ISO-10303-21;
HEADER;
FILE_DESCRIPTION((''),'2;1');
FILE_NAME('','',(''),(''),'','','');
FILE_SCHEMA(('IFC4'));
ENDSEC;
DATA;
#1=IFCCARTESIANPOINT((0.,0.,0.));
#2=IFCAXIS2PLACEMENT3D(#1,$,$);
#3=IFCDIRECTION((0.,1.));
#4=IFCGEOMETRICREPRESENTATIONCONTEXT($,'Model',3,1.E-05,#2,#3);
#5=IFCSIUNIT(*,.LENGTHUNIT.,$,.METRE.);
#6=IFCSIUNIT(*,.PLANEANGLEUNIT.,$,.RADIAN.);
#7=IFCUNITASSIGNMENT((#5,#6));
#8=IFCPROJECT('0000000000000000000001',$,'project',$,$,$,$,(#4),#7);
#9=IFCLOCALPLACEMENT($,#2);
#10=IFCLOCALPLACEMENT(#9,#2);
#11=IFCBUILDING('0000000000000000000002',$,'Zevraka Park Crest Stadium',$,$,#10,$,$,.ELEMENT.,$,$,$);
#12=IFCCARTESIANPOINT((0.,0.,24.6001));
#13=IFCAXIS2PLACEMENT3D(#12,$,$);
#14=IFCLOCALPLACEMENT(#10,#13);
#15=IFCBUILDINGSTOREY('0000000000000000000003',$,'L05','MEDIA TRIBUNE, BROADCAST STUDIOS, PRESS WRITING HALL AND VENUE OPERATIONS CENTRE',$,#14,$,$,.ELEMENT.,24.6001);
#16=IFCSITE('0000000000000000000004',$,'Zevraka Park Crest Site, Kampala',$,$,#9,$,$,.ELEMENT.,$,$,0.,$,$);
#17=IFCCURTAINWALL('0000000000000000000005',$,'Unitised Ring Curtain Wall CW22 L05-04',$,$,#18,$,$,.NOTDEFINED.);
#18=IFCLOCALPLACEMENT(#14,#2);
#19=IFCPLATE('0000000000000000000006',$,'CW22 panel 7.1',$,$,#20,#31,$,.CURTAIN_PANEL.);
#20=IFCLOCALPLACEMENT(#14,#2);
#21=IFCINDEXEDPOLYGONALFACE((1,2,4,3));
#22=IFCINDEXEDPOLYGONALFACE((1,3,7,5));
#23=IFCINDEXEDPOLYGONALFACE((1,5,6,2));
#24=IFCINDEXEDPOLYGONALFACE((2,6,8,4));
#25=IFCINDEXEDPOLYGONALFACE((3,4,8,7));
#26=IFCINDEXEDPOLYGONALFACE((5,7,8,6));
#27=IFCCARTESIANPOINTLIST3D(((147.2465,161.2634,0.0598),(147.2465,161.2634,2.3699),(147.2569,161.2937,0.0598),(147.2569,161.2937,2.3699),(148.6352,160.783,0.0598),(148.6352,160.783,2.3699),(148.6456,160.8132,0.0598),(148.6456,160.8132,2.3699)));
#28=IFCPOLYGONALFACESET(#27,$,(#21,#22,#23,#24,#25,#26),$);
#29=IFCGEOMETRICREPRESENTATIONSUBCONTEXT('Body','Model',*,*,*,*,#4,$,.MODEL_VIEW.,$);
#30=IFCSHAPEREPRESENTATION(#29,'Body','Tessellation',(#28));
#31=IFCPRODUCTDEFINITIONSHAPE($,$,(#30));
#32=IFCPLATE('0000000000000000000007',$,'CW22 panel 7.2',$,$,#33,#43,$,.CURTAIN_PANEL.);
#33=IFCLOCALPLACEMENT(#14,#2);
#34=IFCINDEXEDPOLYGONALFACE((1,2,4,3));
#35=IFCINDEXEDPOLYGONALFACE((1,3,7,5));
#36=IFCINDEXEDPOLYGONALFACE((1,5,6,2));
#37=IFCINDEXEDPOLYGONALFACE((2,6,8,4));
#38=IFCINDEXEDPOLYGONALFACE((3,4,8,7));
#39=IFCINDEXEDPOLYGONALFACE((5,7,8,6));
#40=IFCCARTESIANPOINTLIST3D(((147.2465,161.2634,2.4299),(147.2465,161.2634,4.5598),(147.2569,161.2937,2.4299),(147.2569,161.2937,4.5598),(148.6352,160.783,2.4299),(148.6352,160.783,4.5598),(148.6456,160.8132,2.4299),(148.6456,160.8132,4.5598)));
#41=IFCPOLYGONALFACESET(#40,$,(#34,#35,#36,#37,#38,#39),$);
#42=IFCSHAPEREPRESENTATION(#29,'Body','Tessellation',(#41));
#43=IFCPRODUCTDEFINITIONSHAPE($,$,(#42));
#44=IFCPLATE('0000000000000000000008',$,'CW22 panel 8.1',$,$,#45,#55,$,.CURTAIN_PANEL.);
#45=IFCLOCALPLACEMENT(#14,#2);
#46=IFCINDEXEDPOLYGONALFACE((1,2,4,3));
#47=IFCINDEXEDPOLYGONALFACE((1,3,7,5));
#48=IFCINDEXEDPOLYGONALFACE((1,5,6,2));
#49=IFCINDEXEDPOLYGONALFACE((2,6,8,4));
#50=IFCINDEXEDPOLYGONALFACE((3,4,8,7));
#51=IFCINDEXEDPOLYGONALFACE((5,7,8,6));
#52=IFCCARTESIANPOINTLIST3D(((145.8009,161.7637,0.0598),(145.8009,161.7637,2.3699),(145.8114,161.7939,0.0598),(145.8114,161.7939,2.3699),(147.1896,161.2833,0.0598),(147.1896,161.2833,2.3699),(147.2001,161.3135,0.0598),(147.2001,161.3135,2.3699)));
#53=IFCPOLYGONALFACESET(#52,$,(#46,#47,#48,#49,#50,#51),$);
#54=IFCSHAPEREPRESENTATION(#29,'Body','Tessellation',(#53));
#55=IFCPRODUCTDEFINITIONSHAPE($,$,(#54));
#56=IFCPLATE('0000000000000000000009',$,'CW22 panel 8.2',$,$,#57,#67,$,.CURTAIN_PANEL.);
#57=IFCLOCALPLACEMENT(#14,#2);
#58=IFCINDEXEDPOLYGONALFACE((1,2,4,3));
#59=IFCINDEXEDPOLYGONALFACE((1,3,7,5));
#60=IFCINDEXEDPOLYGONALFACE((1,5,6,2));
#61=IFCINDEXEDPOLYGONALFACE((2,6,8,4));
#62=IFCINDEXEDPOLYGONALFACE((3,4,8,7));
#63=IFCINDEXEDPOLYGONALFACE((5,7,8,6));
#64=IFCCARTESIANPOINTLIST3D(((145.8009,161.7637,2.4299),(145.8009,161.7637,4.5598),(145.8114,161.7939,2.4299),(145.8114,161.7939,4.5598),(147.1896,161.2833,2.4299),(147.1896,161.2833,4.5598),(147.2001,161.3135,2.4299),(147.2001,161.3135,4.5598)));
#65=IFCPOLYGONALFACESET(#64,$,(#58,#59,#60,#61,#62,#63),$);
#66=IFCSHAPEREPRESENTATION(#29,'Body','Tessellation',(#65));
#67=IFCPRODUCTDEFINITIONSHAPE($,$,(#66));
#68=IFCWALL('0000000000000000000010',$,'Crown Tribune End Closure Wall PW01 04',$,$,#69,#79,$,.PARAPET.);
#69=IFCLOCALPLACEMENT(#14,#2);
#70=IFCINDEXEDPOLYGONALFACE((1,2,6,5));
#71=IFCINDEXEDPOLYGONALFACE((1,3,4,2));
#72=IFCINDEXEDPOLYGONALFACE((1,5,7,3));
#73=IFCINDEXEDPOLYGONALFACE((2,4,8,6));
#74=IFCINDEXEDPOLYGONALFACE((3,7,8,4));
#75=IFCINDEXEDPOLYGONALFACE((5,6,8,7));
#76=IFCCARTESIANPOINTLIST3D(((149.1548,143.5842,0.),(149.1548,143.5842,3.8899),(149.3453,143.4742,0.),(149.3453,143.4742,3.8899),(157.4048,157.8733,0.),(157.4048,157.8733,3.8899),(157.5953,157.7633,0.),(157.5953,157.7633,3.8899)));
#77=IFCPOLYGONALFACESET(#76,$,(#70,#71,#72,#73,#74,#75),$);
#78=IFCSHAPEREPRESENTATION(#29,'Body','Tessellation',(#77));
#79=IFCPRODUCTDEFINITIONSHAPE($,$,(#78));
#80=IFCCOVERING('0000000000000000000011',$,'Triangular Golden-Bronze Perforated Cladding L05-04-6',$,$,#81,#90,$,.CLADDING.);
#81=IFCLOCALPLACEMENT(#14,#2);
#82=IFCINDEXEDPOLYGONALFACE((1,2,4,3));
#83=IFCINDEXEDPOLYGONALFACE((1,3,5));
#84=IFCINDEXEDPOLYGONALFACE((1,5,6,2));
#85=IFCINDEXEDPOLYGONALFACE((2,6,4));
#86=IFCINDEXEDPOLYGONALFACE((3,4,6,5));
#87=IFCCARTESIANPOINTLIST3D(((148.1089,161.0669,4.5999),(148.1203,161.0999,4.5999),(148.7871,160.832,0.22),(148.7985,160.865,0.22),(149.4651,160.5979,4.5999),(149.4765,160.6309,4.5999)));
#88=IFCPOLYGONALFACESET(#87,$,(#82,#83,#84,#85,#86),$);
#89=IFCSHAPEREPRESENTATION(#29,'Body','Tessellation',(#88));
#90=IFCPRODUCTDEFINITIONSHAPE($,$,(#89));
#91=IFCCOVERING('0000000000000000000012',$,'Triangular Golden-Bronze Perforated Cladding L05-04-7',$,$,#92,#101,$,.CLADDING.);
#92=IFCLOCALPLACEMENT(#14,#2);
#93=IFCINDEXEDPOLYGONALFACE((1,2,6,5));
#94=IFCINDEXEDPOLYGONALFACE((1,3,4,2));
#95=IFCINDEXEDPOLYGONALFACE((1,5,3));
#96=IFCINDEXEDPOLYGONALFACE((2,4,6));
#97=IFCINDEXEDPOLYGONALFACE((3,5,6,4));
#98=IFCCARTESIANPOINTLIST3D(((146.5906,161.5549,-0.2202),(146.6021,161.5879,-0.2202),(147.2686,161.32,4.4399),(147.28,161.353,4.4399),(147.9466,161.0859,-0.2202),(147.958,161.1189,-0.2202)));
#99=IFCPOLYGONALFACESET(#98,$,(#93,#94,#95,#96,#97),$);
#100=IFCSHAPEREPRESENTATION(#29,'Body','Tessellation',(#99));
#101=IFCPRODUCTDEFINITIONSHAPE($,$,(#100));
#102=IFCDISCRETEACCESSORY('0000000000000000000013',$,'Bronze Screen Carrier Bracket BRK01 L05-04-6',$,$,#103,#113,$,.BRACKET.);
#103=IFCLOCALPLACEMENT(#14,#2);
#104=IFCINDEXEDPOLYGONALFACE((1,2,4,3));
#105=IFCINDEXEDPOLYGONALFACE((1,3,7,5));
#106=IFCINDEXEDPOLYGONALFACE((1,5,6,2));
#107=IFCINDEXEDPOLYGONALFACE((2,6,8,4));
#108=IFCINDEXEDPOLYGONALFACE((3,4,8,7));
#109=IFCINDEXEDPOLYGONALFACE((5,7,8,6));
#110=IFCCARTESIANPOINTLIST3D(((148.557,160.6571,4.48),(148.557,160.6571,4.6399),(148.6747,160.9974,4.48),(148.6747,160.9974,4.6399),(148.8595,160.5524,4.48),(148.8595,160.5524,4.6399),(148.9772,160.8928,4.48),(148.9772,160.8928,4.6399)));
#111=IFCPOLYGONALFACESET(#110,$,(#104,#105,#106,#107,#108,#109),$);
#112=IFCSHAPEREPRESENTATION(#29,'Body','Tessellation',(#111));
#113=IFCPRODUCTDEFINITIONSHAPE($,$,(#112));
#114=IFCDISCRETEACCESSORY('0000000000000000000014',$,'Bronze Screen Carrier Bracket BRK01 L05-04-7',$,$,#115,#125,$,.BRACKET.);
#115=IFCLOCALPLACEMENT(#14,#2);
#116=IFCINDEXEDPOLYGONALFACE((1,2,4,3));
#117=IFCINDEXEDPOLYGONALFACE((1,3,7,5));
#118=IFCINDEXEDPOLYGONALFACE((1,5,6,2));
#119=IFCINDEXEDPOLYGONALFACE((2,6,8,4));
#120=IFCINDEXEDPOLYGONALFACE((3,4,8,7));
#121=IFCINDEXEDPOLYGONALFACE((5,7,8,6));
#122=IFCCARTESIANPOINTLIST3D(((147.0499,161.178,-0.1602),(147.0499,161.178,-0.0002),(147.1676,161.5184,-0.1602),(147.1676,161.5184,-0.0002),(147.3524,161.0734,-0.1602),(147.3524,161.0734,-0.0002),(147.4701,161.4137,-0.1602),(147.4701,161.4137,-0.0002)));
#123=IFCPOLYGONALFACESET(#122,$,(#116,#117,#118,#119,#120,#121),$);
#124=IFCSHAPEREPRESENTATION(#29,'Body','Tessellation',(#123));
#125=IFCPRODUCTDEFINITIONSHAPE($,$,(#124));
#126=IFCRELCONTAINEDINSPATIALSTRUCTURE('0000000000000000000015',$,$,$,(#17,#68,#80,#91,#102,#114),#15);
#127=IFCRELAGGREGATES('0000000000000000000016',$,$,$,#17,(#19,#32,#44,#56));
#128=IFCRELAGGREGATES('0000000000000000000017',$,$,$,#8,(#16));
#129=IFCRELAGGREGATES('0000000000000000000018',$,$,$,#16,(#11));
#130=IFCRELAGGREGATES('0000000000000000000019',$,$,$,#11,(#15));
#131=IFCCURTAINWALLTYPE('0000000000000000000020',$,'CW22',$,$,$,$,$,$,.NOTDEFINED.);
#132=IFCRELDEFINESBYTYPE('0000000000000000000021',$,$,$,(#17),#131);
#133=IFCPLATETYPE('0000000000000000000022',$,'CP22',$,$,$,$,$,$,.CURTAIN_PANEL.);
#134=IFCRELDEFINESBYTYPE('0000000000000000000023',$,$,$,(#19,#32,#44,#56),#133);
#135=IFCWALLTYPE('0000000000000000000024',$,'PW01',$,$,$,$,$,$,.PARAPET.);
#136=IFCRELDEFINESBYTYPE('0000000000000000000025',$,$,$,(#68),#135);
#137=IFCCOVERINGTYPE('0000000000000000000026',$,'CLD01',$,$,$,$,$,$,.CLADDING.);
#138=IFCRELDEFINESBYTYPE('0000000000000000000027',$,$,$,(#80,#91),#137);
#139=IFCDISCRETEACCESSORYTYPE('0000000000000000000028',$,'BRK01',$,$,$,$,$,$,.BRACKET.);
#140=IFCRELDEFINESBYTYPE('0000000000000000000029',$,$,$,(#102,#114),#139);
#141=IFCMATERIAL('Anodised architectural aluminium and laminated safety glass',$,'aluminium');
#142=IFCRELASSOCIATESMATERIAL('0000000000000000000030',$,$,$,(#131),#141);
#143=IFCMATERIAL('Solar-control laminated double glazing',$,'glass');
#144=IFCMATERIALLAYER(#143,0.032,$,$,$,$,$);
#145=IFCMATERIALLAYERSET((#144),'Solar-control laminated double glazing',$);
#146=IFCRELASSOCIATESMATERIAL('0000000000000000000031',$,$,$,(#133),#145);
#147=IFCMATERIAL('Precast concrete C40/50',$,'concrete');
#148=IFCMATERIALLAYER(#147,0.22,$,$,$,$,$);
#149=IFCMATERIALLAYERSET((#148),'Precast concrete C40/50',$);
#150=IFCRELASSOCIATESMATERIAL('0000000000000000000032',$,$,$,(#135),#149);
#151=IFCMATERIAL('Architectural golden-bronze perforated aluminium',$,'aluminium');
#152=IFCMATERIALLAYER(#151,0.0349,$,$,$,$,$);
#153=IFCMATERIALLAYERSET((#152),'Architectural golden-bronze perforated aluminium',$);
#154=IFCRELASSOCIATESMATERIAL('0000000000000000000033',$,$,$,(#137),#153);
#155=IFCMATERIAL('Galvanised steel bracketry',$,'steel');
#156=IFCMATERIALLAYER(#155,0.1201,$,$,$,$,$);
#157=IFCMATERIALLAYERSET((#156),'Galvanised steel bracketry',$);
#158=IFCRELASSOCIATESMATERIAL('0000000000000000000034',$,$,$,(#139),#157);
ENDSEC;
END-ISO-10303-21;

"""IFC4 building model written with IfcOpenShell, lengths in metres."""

from ifc_helpers import new_model, si_unit, direction, frame, frame_2d, origin, origin_2d, place, context, subcontext, project, spatial, polyline, rectangle, outline, extrude, material, layer, layer_set, type_object, element, aggregate, save


model = new_model("IFC4")

# Units and contexts
model_context = context("Model", 3, precision=1e-05, world=origin(), true_north=direction((0.0, 1.0)))
body_context = subcontext(model_context, "Body", "Model", "MODEL_VIEW")
ifc_project = project(units=[si_unit("LENGTHUNIT", "METRE"), si_unit("PLANEANGLEUNIT", "RADIAN")], contexts=[model_context])

# Site, building, storey
site_placement = place(None, origin())
site = spatial("IfcSite", under=ifc_project, at=site_placement, Name="Zevraka Park Crest Site, Kampala", CompositionType="ELEMENT", RefElevation=0.0)
building_placement = place(site_placement, origin())
building = spatial("IfcBuilding", under=site, at=building_placement, Name="Zevraka Park Crest Stadium", CompositionType="ELEMENT")
storey_placement = place(building_placement, frame((0.0, 0.0, 24.6001)))
storey = spatial("IfcBuildingStorey", under=building, at=storey_placement, Name="L05", Description="MEDIA TRIBUNE, BROADCAST STUDIOS, PRESS WRITING HALL AND VENUE OPERATIONS CENTRE", CompositionType="ELEMENT", Elevation=24.6001)

# Curtain wall
ifc_material_1 = material(Name="Anodised architectural aluminium and laminated safety glass", Category="aluminium")
curtain_wall_type = type_object("IfcCurtainWallType", Name="CW22", PredefinedType="NOTDEFINED", material=ifc_material_1)
curtain_wall_placement = place(storey_placement, origin())
curtain_wall = element("IfcCurtainWall", 1, at=curtain_wall_placement, inside=storey, type_object=curtain_wall_type, Name="Unitised Ring Curtain Wall CW22 L05-04", PredefinedType="NOTDEFINED")

# Plates
ifc_material_2 = material(Name="Solar-control laminated double glazing", Category="glass")
ifc_layer_1 = layer(ifc_material_2, 0.032)
ifc_layer_set_1 = layer_set([ifc_layer_1], Name="Solar-control laminated double glazing")
plate_type = type_object("IfcPlateType", Name="CP22", PredefinedType="CURTAIN_PANEL", material=ifc_layer_set_1)
plate_1_placement = place(storey_placement, frame((147.946, 161.0383, 0.0598), z_axis=(0.0, 0.0, 1.0), x_axis=(-0.945049, 0.326929, 0.0)))
plate_1 = element("IfcPlate", 2, at=plate_1_placement, type_object=plate_type, Name="CW22 panel 7.1", PredefinedType="CURTAIN_PANEL", context=body_context, shape_type="SweptSolid", body=[
    extrude(rectangle(XDim=1.4695, YDim=0.032, at=origin_2d()), origin(), (0.0, 0.0, 1.0), 2.3101),
])
plate_2_placement = place(storey_placement, frame((147.946, 161.0383, 2.4299), z_axis=(0.0, 0.0, 1.0), x_axis=(-0.945049, 0.326929, 0.0)))
plate_2 = element("IfcPlate", 3, at=plate_2_placement, type_object=plate_type, Name="CW22 panel 7.2", PredefinedType="CURTAIN_PANEL", context=body_context, shape_type="SweptSolid", body=[
    extrude(rectangle(XDim=1.4695, YDim=0.032, at=origin_2d()), origin(), (0.0, 0.0, 1.0), 2.1299),
])
plate_3_placement = place(storey_placement, frame((146.5005, 161.5386, 0.0598), z_axis=(0.0, 0.0, 1.0), x_axis=(-0.945049, 0.326929, 0.0)))
plate_3 = element("IfcPlate", 4, at=plate_3_placement, type_object=plate_type, Name="CW22 panel 8.1", PredefinedType="CURTAIN_PANEL", context=body_context, shape_type="SweptSolid", body=[
    extrude(rectangle(XDim=1.4695, YDim=0.032, at=origin_2d()), origin(), (0.0, 0.0, 1.0), 2.3101),
])
plate_4_placement = place(storey_placement, frame((146.5005, 161.5386, 2.4299), z_axis=(0.0, 0.0, 1.0), x_axis=(-0.945049, 0.326929, 0.0)))
plate_4 = element("IfcPlate", 5, at=plate_4_placement, type_object=plate_type, Name="CW22 panel 8.2", PredefinedType="CURTAIN_PANEL", context=body_context, shape_type="SweptSolid", body=[
    extrude(rectangle(XDim=1.4695, YDim=0.032, at=origin_2d()), origin(), (0.0, 0.0, 1.0), 2.1299),
])
aggregate(curtain_wall, [plate_1, plate_2, plate_3, plate_4])

# Wall
ifc_material_3 = material(Name="Precast concrete C40/50", Category="concrete")
ifc_layer_2 = layer(ifc_material_3, 0.22)
ifc_layer_set_2 = layer_set([ifc_layer_2], Name="Precast concrete C40/50")
wall_type = type_object("IfcWallType", Name="PW01", PredefinedType="PARAPET", material=ifc_layer_set_2)
wall_placement = place(storey_placement, frame((149.25, 143.5291, 0.0), z_axis=(0.0, 0.0, 1.0), x_axis=(0.500009, 0.86602, 0.0)))
element("IfcWall", 6, at=wall_placement, inside=storey, type_object=wall_type, Name="Crown Tribune End Closure Wall PW01 04", PredefinedType="PARAPET", context=body_context, shape_type="SweptSolid", body=[
    extrude(rectangle(XDim=16.4998, YDim=0.22, at=frame_2d((8.25, 0.0))), origin(), (0.0, 0.0, 1.0), 3.8899),
])

# Coverings
ifc_material_4 = material(Name="Architectural golden-bronze perforated aluminium", Category="aluminium")
ifc_layer_3 = layer(ifc_material_4, 0.0349)
ifc_layer_set_3 = layer_set([ifc_layer_3], Name="Architectural golden-bronze perforated aluminium")
covering_type = type_object("IfcCoveringType", Name="CLD01", PredefinedType="CLADDING", material=ifc_layer_set_3)
covering_1_placement = place(storey_placement, frame((148.1089, 161.0669, 4.5999), z_axis=(-0.326824, -0.945085, 0.00007), x_axis=(0.945085, -0.326824, 0.0)))
element("IfcCovering", 7, at=covering_1_placement, inside=storey, type_object=covering_type, Name="Triangular Golden-Bronze Perforated Cladding L05-04-6", PredefinedType="CLADDING", context=body_context, shape_type="SweptSolid", body=[
    extrude(outline(polyline([(0.0, 0.0), (1.435, 0.0), (0.7177, -4.3799), (0.0, 0.0)])), origin(), (0.0, 0.0, -1.0), 0.0349),
])
covering_2_placement = place(storey_placement, frame((147.958, 161.1189, -0.2202), z_axis=(0.326877, 0.945067, 0.000074), x_axis=(-0.945067, 0.326877, 0.0)))
element("IfcCovering", 8, at=covering_2_placement, inside=storey, type_object=covering_type, Name="Triangular Golden-Bronze Perforated Cladding L05-04-7", PredefinedType="CLADDING", context=body_context, shape_type="SweptSolid", body=[
    extrude(outline(polyline([(0.0, 0.0), (1.4348, 0.0), (0.7173, 4.6602), (0.0, 0.0)])), origin(), (0.0, 0.0, -1.0), 0.0349),
])

# Discrete accessories
ifc_material_5 = material(Name="Galvanised steel bracketry", Category="steel")
ifc_layer_4 = layer(ifc_material_5, 0.1201)
ifc_layer_set_4 = layer_set([ifc_layer_4], Name="Galvanised steel bracketry")
discrete_accessory_type = type_object("IfcDiscreteAccessoryType", Name="BRK01", PredefinedType="BRACKET", material=ifc_layer_set_4)
for number, where, z_axis, x_axis, name in (
    (9, (148.7671, 160.7749, 4.48), (0.0, 0.0, 1.0), (-0.945063, 0.326888, 0.0), "Bronze Screen Carrier Bracket BRK01 L05-04-6"),
    (10, (147.26, 161.2959, -0.1602), (0.0, 0.0, 1.0), (-0.945063, 0.326888, 0.0), "Bronze Screen Carrier Bracket BRK01 L05-04-7"),
):
    element("IfcDiscreteAccessory", number, at=place(storey_placement, frame(where, z_axis=z_axis, x_axis=x_axis)), inside=storey, type_object=discrete_accessory_type, Name=name, PredefinedType="BRACKET", context=body_context, shape_type="SweptSolid", body=[
        extrude(rectangle(XDim=0.3201, YDim=0.3601, at=origin_2d()), origin(), (0.0, 0.0, 1.0), 0.1599),
    ])

save(model, "model.ifc")
